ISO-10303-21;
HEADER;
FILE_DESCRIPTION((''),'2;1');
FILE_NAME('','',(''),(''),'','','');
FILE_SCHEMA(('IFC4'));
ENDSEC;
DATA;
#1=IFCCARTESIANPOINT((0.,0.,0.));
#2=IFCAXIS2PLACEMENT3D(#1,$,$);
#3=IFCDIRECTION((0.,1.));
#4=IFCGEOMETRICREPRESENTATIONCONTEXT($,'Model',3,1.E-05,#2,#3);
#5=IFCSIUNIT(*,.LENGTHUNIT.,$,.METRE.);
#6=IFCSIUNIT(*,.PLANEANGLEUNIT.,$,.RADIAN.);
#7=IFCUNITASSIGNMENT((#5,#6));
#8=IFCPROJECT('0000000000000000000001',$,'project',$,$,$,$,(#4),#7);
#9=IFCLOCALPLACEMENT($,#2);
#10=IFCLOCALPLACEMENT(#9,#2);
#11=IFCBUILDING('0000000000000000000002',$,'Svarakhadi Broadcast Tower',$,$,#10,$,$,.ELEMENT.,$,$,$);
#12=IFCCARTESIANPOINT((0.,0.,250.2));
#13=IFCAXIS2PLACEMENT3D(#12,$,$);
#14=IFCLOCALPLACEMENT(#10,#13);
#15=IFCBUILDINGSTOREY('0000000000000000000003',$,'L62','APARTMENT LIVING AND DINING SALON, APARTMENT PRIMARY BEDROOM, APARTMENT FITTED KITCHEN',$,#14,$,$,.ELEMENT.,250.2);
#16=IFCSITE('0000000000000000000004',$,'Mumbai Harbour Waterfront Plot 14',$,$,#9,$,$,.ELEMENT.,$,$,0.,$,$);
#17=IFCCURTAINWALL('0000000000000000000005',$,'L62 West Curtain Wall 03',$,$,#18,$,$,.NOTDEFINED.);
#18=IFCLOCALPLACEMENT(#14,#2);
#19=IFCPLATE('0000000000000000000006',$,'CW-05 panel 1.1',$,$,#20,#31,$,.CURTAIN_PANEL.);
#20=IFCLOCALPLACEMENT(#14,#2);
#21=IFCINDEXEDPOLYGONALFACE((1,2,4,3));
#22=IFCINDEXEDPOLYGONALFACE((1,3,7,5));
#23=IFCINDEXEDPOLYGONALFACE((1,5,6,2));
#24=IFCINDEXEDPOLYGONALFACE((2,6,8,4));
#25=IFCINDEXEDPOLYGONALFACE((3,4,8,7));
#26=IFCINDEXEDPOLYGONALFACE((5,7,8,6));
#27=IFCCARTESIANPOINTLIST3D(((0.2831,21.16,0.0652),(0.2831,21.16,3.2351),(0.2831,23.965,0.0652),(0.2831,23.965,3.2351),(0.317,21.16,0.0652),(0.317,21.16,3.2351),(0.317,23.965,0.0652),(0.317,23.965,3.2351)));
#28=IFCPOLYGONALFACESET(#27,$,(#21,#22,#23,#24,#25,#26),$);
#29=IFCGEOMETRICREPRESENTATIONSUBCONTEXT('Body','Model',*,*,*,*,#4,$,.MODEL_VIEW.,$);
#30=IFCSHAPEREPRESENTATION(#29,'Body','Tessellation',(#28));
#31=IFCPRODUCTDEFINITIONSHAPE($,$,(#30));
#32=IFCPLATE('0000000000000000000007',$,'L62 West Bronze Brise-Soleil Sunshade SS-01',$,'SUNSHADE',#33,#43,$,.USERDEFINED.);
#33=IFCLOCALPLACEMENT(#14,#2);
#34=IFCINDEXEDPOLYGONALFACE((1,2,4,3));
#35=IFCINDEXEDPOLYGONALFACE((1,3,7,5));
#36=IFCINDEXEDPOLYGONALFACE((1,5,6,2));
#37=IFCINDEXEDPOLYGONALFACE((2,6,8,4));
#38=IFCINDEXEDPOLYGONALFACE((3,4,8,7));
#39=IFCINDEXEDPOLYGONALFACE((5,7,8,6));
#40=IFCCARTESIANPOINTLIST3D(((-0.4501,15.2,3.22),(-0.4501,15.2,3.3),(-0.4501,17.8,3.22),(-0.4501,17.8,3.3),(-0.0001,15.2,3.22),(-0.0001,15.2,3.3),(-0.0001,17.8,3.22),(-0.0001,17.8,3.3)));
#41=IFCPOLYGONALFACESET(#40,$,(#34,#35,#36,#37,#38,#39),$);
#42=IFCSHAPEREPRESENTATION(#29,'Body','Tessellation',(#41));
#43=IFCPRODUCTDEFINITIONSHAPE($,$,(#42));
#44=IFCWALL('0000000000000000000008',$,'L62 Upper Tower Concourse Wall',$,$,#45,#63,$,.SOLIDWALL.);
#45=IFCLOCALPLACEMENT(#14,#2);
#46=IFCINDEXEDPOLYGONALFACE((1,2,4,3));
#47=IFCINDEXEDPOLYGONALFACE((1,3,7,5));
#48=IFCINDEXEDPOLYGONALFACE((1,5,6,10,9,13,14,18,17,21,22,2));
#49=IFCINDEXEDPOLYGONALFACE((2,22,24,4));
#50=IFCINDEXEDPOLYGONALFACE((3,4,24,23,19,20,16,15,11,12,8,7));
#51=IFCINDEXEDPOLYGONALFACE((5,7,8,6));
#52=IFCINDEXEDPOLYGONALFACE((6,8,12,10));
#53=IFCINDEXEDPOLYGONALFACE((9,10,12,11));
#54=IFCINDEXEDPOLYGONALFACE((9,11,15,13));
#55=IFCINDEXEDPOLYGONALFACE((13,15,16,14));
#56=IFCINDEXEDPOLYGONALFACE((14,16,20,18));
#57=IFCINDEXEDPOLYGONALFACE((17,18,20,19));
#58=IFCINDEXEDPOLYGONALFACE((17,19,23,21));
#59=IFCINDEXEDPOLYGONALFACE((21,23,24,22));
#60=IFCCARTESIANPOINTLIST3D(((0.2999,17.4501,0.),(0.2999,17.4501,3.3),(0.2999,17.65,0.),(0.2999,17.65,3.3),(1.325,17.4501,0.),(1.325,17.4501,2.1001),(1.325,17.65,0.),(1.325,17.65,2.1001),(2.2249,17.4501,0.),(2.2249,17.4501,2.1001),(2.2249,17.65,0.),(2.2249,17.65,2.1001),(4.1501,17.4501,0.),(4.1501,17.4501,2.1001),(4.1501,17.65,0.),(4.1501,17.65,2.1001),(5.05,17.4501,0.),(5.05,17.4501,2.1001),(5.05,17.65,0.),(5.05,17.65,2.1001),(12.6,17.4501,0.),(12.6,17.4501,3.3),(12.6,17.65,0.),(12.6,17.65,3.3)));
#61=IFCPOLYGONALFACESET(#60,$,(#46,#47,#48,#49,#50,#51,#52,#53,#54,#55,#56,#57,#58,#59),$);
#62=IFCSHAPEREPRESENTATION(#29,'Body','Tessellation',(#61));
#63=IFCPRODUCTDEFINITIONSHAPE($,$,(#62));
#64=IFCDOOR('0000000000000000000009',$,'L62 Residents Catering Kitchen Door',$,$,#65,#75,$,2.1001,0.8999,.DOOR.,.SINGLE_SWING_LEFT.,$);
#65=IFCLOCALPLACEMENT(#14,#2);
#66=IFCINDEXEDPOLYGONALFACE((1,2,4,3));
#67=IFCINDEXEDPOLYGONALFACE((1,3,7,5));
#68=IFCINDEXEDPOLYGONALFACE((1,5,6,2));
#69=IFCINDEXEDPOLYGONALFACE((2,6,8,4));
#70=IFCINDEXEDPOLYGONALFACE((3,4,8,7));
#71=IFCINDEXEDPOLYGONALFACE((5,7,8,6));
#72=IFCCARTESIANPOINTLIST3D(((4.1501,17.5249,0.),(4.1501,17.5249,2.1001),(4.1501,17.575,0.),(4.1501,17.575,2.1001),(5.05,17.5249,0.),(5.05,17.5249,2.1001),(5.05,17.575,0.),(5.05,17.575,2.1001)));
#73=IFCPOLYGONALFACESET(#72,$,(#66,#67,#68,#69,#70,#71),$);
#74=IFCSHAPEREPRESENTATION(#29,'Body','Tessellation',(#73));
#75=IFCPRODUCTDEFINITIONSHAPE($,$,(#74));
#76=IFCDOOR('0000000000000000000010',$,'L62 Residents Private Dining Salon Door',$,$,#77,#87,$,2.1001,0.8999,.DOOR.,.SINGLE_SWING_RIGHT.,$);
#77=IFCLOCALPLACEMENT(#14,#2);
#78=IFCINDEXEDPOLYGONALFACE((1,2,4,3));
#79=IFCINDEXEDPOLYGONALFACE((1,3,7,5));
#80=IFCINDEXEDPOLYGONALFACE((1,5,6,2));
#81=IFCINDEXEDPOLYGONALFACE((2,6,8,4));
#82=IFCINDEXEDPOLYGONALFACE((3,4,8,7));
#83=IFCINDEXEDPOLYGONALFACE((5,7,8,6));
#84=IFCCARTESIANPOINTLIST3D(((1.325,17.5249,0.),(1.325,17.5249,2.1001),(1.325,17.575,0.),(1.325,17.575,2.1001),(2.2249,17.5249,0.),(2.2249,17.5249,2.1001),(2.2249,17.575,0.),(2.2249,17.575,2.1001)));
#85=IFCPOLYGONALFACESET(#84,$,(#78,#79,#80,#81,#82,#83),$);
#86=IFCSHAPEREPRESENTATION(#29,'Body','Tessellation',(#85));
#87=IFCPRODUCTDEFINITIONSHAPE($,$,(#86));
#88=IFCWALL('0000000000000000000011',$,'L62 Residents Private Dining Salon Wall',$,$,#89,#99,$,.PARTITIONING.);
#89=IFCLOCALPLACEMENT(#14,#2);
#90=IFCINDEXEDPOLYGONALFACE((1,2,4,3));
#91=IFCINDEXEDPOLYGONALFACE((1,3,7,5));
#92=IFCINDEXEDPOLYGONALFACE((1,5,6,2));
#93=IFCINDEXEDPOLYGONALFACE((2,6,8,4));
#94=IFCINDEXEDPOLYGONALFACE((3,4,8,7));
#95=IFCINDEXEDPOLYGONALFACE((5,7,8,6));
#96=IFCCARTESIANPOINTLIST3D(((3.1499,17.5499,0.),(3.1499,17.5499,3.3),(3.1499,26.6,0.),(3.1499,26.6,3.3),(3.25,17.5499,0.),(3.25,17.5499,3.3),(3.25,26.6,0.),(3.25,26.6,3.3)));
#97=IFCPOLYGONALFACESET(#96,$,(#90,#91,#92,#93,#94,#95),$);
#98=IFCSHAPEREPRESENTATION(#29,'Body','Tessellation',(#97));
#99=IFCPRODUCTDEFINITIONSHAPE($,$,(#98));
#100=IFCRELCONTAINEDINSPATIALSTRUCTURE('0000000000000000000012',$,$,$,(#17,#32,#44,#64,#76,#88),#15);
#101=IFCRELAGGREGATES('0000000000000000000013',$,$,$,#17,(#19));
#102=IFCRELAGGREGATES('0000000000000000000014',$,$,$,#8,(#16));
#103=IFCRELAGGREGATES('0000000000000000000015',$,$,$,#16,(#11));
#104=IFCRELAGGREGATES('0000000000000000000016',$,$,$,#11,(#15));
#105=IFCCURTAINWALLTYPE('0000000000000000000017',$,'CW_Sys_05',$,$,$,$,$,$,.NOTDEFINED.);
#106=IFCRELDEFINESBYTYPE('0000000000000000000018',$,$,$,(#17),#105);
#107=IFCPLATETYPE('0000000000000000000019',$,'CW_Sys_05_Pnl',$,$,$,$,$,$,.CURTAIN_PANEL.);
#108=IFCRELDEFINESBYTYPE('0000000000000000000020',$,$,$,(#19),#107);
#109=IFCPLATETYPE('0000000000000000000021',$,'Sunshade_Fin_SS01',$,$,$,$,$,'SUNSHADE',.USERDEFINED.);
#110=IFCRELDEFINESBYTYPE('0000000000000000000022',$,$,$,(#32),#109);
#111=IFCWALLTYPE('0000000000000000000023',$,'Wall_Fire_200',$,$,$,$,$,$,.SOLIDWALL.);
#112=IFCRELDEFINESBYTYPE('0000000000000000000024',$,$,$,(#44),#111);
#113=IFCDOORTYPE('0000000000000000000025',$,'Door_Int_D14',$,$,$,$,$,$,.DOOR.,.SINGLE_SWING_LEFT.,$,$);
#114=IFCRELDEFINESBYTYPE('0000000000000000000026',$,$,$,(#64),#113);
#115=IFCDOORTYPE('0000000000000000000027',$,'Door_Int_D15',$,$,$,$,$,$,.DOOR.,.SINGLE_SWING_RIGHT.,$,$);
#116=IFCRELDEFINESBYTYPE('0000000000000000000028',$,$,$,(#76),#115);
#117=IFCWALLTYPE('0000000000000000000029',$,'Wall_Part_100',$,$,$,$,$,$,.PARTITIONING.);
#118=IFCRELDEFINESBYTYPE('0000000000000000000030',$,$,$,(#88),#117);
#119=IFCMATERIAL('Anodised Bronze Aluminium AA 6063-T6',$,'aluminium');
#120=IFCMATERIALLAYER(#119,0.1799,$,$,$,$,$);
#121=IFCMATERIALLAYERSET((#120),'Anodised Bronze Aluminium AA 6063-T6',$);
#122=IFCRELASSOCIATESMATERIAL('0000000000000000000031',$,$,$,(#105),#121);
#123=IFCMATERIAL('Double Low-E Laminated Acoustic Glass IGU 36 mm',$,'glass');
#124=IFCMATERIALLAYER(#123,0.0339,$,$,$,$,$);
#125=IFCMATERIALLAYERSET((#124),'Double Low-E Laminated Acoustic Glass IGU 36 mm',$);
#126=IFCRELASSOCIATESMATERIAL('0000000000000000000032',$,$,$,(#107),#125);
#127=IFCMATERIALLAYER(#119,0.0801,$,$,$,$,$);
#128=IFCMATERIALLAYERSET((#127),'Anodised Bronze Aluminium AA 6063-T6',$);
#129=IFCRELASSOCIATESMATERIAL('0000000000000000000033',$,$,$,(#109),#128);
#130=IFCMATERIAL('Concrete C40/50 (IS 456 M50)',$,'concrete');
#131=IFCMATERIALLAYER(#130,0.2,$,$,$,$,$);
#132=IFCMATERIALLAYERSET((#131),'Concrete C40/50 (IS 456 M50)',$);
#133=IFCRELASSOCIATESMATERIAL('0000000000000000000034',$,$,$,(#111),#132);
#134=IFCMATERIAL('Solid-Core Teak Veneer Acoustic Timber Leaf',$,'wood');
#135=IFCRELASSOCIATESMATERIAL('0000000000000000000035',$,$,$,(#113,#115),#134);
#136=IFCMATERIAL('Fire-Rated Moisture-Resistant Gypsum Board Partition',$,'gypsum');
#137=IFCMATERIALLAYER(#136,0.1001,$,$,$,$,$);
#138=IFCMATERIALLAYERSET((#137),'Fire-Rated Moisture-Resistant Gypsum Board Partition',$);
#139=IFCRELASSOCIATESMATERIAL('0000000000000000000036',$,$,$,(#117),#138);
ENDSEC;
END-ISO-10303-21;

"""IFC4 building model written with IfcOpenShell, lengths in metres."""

from ifc_helpers import new_model, si_unit, direction, frame, frame_2d, origin, origin_2d, place, context, subcontext, project, spatial, rectangle, extrude, material, layer, layer_set, type_object, element, fill, aggregate, save


model = new_model("IFC4")

# Units and contexts
model_context = context("Model", 3, precision=1e-05, world=origin(), true_north=direction((0.0, 1.0)))
body_context = subcontext(model_context, "Body", "Model", "MODEL_VIEW")
ifc_project = project(units=[si_unit("LENGTHUNIT", "METRE"), si_unit("PLANEANGLEUNIT", "RADIAN")], contexts=[model_context])

# Site, building, storey
site_placement = place(None, origin())
site = spatial("IfcSite", under=ifc_project, at=site_placement, Name="Mumbai Harbour Waterfront Plot 14", CompositionType="ELEMENT", RefElevation=0.0)
building_placement = place(site_placement, origin())
building = spatial("IfcBuilding", under=site, at=building_placement, Name="Svarakhadi Broadcast Tower", CompositionType="ELEMENT")
storey_placement = place(building_placement, frame((0.0, 0.0, 250.2)))
storey = spatial("IfcBuildingStorey", under=building, at=storey_placement, Name="L62", Description="APARTMENT LIVING AND DINING SALON, APARTMENT PRIMARY BEDROOM, APARTMENT FITTED KITCHEN", CompositionType="ELEMENT", Elevation=250.2)

# Curtain wall
ifc_material_1 = material(Name="Anodised Bronze Aluminium AA 6063-T6", Category="aluminium")
ifc_layer_1 = layer(ifc_material_1, 0.1799)
ifc_layer_set_1 = layer_set([ifc_layer_1], Name="Anodised Bronze Aluminium AA 6063-T6")
curtain_wall_type = type_object("IfcCurtainWallType", Name="CW_Sys_05", PredefinedType="NOTDEFINED", material=ifc_layer_set_1)
curtain_wall_placement = place(storey_placement, origin())
curtain_wall = element("IfcCurtainWall", 1, at=curtain_wall_placement, inside=storey, type_object=curtain_wall_type, Name="L62 West Curtain Wall 03", PredefinedType="NOTDEFINED")

# Plates
ifc_material_2 = material(Name="Double Low-E Laminated Acoustic Glass IGU 36 mm", Category="glass")
ifc_layer_2 = layer(ifc_material_2, 0.0339)
ifc_layer_set_2 = layer_set([ifc_layer_2], Name="Double Low-E Laminated Acoustic Glass IGU 36 mm")
plate_type_1 = type_object("IfcPlateType", Name="CW_Sys_05_Pnl", PredefinedType="CURTAIN_PANEL", material=ifc_layer_set_2)
plate_1_placement = place(storey_placement, frame((0.3, 22.5625, 0.0652), z_axis=(0.0, 0.0, 1.0), x_axis=(0.0, 1.0, 0.0)))
plate_1 = element("IfcPlate", 2, at=plate_1_placement, type_object=plate_type_1, Name="CW-05 panel 1.1", PredefinedType="CURTAIN_PANEL", context=body_context, shape_type="SweptSolid", body=[
    extrude(rectangle(XDim=2.8049, YDim=0.0339, at=origin_2d()), origin(), (0.0, 0.0, 1.0), 3.1699),
])
aggregate(curtain_wall, [plate_1])
ifc_layer_3 = layer(ifc_material_1, 0.0801)
ifc_layer_set_3 = layer_set([ifc_layer_3], Name="Anodised Bronze Aluminium AA 6063-T6")
plate_type_2 = type_object("IfcPlateType", Name="Sunshade_Fin_SS01", ElementType="SUNSHADE", PredefinedType="USERDEFINED", material=ifc_layer_set_3)
plate_2_placement = place(storey_placement, frame((-0.2251, 16.5, 3.22), z_axis=(0.0, 0.0, 1.0), x_axis=(0.0, 1.0, 0.0)))
element("IfcPlate", 3, at=plate_2_placement, inside=storey, type_object=plate_type_2, Name="L62 West Bronze Brise-Soleil Sunshade SS-01", ObjectType="SUNSHADE", PredefinedType="USERDEFINED", context=body_context, shape_type="SweptSolid", body=[
    extrude(rectangle(XDim=2.6001, YDim=0.45, at=origin_2d()), origin(), (0.0, 0.0, 1.0), 0.0801),
])

# Wall, openings, doors
ifc_material_3 = material(Name="Concrete C40/50 (IS 456 M50)", Category="concrete")
ifc_layer_4 = layer(ifc_material_3, 0.2)
ifc_layer_set_4 = layer_set([ifc_layer_4], Name="Concrete C40/50 (IS 456 M50)")
wall_type_1 = type_object("IfcWallType", Name="Wall_Fire_200", PredefinedType="SOLIDWALL", material=ifc_layer_set_4)
wall_1_placement = place(storey_placement, frame((0.3, 17.55, 0.0), z_axis=(0.0, 0.0, 1.0), x_axis=(1.0, 0.0, 0.0)))
wall_1 = element("IfcWall", 4, at=wall_1_placement, inside=storey, type_object=wall_type_1, Name="L62 Upper Tower Concourse Wall", PredefinedType="SOLIDWALL", context=body_context, shape_type="SweptSolid", body=[
    extrude(rectangle(XDim=12.3, YDim=0.2, at=frame_2d((6.1499, 0.0))), origin(), (0.0, 0.0, 1.0), 3.3),
])
opening_1_placement = place(wall_1_placement, frame((1.0249, 0.0, 0.0)))
opening_1 = element("IfcOpeningElement", 5, at=opening_1_placement, cuts=wall_1, PredefinedType="OPENING", context=body_context, shape_type="SweptSolid", body=[
    extrude(rectangle(XDim=0.8999, YDim=2.1001, at=frame_2d((0.45, 1.05))), frame((0.0, 0.1099, 0.0), z_axis=(0.0, -1.0, 0.0), x_axis=(1.0, 0.0, 0.0)), (0.0, 0.0, 1.0), 0.22),
])
opening_2_placement = place(wall_1_placement, frame((3.8501, 0.0, 0.0)))
opening_2 = element("IfcOpeningElement", 6, at=opening_2_placement, cuts=wall_1, PredefinedType="OPENING", context=body_context, shape_type="SweptSolid", body=[
    extrude(rectangle(XDim=0.8999, YDim=2.1001, at=frame_2d((0.45, 1.05))), frame((0.0, 0.1099, 0.0), z_axis=(0.0, -1.0, 0.0), x_axis=(1.0, 0.0, 0.0)), (0.0, 0.0, 1.0), 0.22),
])
ifc_material_4 = material(Name="Solid-Core Teak Veneer Acoustic Timber Leaf", Category="wood")
door_type_1 = type_object("IfcDoorType", Name="Door_Int_D14", OperationType="SINGLE_SWING_LEFT", PredefinedType="DOOR", material=ifc_material_4)
door_1_placement = place(opening_2_placement, origin())
door_1 = element("IfcDoor", 7, at=door_1_placement, inside=storey, type_object=door_type_1, Name="L62 Residents Catering Kitchen Door", OperationType="SINGLE_SWING_LEFT", OverallHeight=2.1001, OverallWidth=0.8999, PredefinedType="DOOR", context=body_context, shape_type="SweptSolid", body=[
    extrude(rectangle(XDim=0.8999, YDim=2.1001, at=frame_2d((0.45, 1.05))), frame((0.0, 0.0249, 0.0), z_axis=(0.0, -1.0, 0.0), x_axis=(1.0, 0.0, 0.0)), (0.0, 0.0, 1.0), 0.05),
])
fill(opening_2, door_1)
door_type_2 = type_object("IfcDoorType", Name="Door_Int_D15", OperationType="SINGLE_SWING_RIGHT", PredefinedType="DOOR", material=ifc_material_4)
door_2_placement = place(opening_1_placement, origin())
door_2 = element("IfcDoor", 8, at=door_2_placement, inside=storey, type_object=door_type_2, Name="L62 Residents Private Dining Salon Door", OperationType="SINGLE_SWING_RIGHT", OverallHeight=2.1001, OverallWidth=0.8999, PredefinedType="DOOR", context=body_context, shape_type="SweptSolid", body=[
    extrude(rectangle(XDim=0.8999, YDim=2.1001, at=frame_2d((0.45, 1.05))), frame((0.0, 0.0249, 0.0), z_axis=(0.0, -1.0, 0.0), x_axis=(1.0, 0.0, 0.0)), (0.0, 0.0, 1.0), 0.05),
])
fill(opening_1, door_2)

# Wall
ifc_material_5 = material(Name="Fire-Rated Moisture-Resistant Gypsum Board Partition", Category="gypsum")
ifc_layer_5 = layer(ifc_material_5, 0.1001)
ifc_layer_set_5 = layer_set([ifc_layer_5], Name="Fire-Rated Moisture-Resistant Gypsum Board Partition")
wall_type_2 = type_object("IfcWallType", Name="Wall_Part_100", PredefinedType="PARTITIONING", material=ifc_layer_set_5)
wall_2_placement = place(storey_placement, frame((3.2, 17.55, 0.0), z_axis=(0.0, 0.0, 1.0), x_axis=(0.0, 1.0, 0.0)))
element("IfcWall", 9, at=wall_2_placement, inside=storey, type_object=wall_type_2, Name="L62 Residents Private Dining Salon Wall", PredefinedType="PARTITIONING", context=body_context, shape_type="SweptSolid", body=[
    extrude(rectangle(XDim=9.05, YDim=0.1001, at=frame_2d((4.5249, 0.0))), origin(), (0.0, 0.0, 1.0), 3.3),
])

save(model, "model.ifc")
